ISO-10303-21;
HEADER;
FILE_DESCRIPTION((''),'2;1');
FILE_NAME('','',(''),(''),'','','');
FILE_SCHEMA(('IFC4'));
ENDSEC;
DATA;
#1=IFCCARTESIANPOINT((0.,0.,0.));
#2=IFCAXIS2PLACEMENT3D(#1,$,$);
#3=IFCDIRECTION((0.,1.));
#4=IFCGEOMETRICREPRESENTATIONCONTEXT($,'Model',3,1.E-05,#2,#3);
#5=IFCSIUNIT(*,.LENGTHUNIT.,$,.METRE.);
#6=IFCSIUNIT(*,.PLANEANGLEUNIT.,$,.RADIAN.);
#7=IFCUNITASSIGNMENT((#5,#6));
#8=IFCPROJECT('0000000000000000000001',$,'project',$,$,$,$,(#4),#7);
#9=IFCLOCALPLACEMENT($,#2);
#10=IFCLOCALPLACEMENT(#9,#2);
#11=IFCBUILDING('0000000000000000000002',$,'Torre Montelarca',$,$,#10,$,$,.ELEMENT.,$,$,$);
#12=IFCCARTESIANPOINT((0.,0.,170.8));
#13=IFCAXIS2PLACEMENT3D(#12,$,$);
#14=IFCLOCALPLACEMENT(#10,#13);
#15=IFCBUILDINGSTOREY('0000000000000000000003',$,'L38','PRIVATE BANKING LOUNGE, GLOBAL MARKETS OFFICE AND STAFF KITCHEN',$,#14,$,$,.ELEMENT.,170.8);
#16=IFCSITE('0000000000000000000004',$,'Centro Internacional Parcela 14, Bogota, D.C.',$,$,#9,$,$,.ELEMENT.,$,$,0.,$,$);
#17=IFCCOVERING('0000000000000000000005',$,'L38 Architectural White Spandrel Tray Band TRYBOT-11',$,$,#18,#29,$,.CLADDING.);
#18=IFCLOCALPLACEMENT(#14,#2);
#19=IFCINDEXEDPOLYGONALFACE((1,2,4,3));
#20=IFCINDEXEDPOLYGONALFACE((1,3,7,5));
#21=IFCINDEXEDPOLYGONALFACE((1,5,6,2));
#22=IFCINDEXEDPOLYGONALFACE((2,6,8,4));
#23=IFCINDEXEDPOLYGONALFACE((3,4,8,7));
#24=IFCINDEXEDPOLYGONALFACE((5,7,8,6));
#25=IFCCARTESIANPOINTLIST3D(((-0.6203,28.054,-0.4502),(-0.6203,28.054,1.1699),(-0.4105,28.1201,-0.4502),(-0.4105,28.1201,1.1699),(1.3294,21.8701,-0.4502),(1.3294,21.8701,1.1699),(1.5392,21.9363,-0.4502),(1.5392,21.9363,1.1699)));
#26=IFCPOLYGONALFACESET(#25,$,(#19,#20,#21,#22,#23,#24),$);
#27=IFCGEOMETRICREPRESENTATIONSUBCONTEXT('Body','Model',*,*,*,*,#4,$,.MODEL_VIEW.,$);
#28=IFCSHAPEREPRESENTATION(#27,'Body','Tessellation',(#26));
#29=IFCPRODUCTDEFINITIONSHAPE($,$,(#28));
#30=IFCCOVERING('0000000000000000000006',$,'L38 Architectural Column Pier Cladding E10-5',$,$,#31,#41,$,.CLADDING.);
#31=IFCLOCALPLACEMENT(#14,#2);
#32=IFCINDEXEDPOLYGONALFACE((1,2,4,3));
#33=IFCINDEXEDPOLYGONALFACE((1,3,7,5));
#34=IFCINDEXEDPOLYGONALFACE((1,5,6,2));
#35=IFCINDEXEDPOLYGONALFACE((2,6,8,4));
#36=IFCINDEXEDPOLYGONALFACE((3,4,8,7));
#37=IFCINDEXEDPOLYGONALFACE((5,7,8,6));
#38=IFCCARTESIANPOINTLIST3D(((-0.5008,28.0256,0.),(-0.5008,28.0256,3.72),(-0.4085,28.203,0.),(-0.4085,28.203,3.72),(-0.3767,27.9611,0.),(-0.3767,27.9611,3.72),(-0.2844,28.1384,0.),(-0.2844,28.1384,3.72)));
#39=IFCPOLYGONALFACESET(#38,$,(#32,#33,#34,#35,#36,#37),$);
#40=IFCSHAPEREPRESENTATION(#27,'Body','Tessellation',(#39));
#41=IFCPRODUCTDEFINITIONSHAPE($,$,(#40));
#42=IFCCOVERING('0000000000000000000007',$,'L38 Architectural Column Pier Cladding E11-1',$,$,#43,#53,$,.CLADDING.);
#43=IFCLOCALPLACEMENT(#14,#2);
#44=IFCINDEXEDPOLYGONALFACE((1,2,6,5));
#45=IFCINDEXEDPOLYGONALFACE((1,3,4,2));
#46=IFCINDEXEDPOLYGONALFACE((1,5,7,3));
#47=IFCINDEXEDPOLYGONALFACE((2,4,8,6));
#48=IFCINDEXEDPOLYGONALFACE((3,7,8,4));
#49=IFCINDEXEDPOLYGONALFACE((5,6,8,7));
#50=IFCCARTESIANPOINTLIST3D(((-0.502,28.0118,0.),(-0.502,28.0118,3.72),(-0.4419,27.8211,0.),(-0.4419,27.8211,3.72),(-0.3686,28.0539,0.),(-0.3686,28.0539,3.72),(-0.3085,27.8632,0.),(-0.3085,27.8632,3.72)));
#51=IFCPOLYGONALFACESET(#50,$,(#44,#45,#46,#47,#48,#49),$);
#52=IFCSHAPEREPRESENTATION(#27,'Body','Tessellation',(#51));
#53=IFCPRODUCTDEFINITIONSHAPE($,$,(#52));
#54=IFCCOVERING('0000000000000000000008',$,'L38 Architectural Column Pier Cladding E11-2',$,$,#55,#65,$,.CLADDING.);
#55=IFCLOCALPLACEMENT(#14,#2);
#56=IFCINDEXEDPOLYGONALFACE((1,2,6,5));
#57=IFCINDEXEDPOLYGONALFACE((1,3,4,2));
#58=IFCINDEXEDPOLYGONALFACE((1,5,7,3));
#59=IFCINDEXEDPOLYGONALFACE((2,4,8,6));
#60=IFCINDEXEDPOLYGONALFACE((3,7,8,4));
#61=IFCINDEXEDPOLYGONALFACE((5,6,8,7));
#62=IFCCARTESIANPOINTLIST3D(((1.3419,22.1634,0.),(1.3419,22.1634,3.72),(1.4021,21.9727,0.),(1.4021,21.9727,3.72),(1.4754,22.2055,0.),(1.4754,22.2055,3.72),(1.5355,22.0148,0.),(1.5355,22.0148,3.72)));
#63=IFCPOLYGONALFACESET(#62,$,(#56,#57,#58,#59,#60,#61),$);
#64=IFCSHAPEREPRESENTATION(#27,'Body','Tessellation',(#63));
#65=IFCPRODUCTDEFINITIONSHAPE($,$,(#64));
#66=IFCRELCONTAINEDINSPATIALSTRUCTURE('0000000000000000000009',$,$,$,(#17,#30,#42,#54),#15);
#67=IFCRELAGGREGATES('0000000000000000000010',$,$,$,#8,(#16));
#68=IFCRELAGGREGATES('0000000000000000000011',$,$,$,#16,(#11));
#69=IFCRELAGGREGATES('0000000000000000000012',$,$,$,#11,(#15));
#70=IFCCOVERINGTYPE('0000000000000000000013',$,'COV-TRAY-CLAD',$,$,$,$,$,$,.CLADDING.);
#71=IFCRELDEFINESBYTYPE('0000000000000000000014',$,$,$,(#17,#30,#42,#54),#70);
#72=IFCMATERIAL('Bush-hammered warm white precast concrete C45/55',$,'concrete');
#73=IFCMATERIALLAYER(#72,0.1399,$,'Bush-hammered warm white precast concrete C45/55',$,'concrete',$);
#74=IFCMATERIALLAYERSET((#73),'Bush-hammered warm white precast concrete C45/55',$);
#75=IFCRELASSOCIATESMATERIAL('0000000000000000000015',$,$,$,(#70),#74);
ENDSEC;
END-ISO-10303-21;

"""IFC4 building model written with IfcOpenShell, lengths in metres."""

from ifc_helpers import new_model, si_unit, direction, frame, origin, origin_2d, place, context, subcontext, project, spatial, rectangle, extrude, source, transform, mapped, material, layer, layer_set, type_object, element, save


model = new_model("IFC4")

# Units and contexts
model_context = context("Model", 3, precision=1e-05, world=origin(), true_north=direction((0.0, 1.0)))
body_context = subcontext(model_context, "Body", "Model", "MODEL_VIEW")
ifc_project = project(units=[si_unit("LENGTHUNIT", "METRE"), si_unit("PLANEANGLEUNIT", "RADIAN")], contexts=[model_context])

# Site, building, storey
site_placement = place(None, origin())
site = spatial("IfcSite", under=ifc_project, at=site_placement, Name="Centro Internacional Parcela 14, Bogota, D.C.", CompositionType="ELEMENT", RefElevation=0.0)
building_placement = place(site_placement, origin())
building = spatial("IfcBuilding", under=site, at=building_placement, Name="Torre Montelarca", CompositionType="ELEMENT")
storey_placement = place(building_placement, frame((0.0, 0.0, 170.8)))
storey = spatial("IfcBuildingStorey", under=building, at=storey_placement, Name="L38", Description="PRIVATE BANKING LOUNGE, GLOBAL MARKETS OFFICE AND STAFF KITCHEN", CompositionType="ELEMENT", Elevation=170.8)

# Coverings
ifc_material_1 = material(Name="Bush-hammered warm white precast concrete C45/55", Category="concrete")
ifc_layer_1 = layer(ifc_material_1, 0.1399, Name="Bush-hammered warm white precast concrete C45/55", Category="concrete")
ifc_layer_set_1 = layer_set([ifc_layer_1], Name="Bush-hammered warm white precast concrete C45/55")
covering_type = type_object("IfcCoveringType", Name="COV-TRAY-CLAD", PredefinedType="CLADDING", material=ifc_layer_set_1)
shared_shape_1 = source(origin(), body_context, "Body", "SweptSolid", [
    extrude(rectangle(XDim=6.4839, YDim=0.22, at=origin_2d()), origin(), (0.0, 0.0, 1.0), 1.6201),
])
covering_placement = place(storey_placement, frame((0.4595, 24.9951, -0.4502), z_axis=(0.0, 0.0, 1.0), x_axis=(0.300696, -0.95372, 0.0)))
element("IfcCovering", 1, at=covering_placement, inside=storey, type_object=covering_type, Name="L38 Architectural White Spandrel Tray Band TRYBOT-11", PredefinedType="CLADDING", context=body_context, shape_type="MappedRepresentation", body=[
    mapped(shared_shape_1, transform((0.0, 0.0, 0.0), scale=1.0)),
])
shared_shape_2 = source(origin(), body_context, "Body", "SweptSolid", [
    extrude(rectangle(XDim=0.2, YDim=0.1399, at=origin_2d()), origin(), (0.0, 0.0, 1.0), 3.72),
])
for number, where, z_axis, x_axis, name in (
    (2, (-0.3926, 28.082, 0.0), (0.0, 0.0, 1.0), (-0.461746, -0.887012, 0.0), "L38 Architectural Column Pier Cladding E10-5"),
    (3, (-0.4053, 27.9375, 0.0), (0.0, 0.0, 1.0), (0.300691, -0.953722, 0.0), "L38 Architectural Column Pier Cladding E11-1"),
    (4, (1.4387, 22.0891, 0.0), (0.0, 0.0, 1.0), (0.300691, -0.953722, 0.0), "L38 Architectural Column Pier Cladding E11-2"),
):
    element("IfcCovering", number, at=place(storey_placement, frame(where, z_axis=z_axis, x_axis=x_axis)), inside=storey, type_object=covering_type, Name=name, PredefinedType="CLADDING", context=body_context, shape_type="MappedRepresentation", body=[
        mapped(shared_shape_2, transform((0.0, 0.0, 0.0), scale=1.0)),
    ])

save(model, "model.ifc")
